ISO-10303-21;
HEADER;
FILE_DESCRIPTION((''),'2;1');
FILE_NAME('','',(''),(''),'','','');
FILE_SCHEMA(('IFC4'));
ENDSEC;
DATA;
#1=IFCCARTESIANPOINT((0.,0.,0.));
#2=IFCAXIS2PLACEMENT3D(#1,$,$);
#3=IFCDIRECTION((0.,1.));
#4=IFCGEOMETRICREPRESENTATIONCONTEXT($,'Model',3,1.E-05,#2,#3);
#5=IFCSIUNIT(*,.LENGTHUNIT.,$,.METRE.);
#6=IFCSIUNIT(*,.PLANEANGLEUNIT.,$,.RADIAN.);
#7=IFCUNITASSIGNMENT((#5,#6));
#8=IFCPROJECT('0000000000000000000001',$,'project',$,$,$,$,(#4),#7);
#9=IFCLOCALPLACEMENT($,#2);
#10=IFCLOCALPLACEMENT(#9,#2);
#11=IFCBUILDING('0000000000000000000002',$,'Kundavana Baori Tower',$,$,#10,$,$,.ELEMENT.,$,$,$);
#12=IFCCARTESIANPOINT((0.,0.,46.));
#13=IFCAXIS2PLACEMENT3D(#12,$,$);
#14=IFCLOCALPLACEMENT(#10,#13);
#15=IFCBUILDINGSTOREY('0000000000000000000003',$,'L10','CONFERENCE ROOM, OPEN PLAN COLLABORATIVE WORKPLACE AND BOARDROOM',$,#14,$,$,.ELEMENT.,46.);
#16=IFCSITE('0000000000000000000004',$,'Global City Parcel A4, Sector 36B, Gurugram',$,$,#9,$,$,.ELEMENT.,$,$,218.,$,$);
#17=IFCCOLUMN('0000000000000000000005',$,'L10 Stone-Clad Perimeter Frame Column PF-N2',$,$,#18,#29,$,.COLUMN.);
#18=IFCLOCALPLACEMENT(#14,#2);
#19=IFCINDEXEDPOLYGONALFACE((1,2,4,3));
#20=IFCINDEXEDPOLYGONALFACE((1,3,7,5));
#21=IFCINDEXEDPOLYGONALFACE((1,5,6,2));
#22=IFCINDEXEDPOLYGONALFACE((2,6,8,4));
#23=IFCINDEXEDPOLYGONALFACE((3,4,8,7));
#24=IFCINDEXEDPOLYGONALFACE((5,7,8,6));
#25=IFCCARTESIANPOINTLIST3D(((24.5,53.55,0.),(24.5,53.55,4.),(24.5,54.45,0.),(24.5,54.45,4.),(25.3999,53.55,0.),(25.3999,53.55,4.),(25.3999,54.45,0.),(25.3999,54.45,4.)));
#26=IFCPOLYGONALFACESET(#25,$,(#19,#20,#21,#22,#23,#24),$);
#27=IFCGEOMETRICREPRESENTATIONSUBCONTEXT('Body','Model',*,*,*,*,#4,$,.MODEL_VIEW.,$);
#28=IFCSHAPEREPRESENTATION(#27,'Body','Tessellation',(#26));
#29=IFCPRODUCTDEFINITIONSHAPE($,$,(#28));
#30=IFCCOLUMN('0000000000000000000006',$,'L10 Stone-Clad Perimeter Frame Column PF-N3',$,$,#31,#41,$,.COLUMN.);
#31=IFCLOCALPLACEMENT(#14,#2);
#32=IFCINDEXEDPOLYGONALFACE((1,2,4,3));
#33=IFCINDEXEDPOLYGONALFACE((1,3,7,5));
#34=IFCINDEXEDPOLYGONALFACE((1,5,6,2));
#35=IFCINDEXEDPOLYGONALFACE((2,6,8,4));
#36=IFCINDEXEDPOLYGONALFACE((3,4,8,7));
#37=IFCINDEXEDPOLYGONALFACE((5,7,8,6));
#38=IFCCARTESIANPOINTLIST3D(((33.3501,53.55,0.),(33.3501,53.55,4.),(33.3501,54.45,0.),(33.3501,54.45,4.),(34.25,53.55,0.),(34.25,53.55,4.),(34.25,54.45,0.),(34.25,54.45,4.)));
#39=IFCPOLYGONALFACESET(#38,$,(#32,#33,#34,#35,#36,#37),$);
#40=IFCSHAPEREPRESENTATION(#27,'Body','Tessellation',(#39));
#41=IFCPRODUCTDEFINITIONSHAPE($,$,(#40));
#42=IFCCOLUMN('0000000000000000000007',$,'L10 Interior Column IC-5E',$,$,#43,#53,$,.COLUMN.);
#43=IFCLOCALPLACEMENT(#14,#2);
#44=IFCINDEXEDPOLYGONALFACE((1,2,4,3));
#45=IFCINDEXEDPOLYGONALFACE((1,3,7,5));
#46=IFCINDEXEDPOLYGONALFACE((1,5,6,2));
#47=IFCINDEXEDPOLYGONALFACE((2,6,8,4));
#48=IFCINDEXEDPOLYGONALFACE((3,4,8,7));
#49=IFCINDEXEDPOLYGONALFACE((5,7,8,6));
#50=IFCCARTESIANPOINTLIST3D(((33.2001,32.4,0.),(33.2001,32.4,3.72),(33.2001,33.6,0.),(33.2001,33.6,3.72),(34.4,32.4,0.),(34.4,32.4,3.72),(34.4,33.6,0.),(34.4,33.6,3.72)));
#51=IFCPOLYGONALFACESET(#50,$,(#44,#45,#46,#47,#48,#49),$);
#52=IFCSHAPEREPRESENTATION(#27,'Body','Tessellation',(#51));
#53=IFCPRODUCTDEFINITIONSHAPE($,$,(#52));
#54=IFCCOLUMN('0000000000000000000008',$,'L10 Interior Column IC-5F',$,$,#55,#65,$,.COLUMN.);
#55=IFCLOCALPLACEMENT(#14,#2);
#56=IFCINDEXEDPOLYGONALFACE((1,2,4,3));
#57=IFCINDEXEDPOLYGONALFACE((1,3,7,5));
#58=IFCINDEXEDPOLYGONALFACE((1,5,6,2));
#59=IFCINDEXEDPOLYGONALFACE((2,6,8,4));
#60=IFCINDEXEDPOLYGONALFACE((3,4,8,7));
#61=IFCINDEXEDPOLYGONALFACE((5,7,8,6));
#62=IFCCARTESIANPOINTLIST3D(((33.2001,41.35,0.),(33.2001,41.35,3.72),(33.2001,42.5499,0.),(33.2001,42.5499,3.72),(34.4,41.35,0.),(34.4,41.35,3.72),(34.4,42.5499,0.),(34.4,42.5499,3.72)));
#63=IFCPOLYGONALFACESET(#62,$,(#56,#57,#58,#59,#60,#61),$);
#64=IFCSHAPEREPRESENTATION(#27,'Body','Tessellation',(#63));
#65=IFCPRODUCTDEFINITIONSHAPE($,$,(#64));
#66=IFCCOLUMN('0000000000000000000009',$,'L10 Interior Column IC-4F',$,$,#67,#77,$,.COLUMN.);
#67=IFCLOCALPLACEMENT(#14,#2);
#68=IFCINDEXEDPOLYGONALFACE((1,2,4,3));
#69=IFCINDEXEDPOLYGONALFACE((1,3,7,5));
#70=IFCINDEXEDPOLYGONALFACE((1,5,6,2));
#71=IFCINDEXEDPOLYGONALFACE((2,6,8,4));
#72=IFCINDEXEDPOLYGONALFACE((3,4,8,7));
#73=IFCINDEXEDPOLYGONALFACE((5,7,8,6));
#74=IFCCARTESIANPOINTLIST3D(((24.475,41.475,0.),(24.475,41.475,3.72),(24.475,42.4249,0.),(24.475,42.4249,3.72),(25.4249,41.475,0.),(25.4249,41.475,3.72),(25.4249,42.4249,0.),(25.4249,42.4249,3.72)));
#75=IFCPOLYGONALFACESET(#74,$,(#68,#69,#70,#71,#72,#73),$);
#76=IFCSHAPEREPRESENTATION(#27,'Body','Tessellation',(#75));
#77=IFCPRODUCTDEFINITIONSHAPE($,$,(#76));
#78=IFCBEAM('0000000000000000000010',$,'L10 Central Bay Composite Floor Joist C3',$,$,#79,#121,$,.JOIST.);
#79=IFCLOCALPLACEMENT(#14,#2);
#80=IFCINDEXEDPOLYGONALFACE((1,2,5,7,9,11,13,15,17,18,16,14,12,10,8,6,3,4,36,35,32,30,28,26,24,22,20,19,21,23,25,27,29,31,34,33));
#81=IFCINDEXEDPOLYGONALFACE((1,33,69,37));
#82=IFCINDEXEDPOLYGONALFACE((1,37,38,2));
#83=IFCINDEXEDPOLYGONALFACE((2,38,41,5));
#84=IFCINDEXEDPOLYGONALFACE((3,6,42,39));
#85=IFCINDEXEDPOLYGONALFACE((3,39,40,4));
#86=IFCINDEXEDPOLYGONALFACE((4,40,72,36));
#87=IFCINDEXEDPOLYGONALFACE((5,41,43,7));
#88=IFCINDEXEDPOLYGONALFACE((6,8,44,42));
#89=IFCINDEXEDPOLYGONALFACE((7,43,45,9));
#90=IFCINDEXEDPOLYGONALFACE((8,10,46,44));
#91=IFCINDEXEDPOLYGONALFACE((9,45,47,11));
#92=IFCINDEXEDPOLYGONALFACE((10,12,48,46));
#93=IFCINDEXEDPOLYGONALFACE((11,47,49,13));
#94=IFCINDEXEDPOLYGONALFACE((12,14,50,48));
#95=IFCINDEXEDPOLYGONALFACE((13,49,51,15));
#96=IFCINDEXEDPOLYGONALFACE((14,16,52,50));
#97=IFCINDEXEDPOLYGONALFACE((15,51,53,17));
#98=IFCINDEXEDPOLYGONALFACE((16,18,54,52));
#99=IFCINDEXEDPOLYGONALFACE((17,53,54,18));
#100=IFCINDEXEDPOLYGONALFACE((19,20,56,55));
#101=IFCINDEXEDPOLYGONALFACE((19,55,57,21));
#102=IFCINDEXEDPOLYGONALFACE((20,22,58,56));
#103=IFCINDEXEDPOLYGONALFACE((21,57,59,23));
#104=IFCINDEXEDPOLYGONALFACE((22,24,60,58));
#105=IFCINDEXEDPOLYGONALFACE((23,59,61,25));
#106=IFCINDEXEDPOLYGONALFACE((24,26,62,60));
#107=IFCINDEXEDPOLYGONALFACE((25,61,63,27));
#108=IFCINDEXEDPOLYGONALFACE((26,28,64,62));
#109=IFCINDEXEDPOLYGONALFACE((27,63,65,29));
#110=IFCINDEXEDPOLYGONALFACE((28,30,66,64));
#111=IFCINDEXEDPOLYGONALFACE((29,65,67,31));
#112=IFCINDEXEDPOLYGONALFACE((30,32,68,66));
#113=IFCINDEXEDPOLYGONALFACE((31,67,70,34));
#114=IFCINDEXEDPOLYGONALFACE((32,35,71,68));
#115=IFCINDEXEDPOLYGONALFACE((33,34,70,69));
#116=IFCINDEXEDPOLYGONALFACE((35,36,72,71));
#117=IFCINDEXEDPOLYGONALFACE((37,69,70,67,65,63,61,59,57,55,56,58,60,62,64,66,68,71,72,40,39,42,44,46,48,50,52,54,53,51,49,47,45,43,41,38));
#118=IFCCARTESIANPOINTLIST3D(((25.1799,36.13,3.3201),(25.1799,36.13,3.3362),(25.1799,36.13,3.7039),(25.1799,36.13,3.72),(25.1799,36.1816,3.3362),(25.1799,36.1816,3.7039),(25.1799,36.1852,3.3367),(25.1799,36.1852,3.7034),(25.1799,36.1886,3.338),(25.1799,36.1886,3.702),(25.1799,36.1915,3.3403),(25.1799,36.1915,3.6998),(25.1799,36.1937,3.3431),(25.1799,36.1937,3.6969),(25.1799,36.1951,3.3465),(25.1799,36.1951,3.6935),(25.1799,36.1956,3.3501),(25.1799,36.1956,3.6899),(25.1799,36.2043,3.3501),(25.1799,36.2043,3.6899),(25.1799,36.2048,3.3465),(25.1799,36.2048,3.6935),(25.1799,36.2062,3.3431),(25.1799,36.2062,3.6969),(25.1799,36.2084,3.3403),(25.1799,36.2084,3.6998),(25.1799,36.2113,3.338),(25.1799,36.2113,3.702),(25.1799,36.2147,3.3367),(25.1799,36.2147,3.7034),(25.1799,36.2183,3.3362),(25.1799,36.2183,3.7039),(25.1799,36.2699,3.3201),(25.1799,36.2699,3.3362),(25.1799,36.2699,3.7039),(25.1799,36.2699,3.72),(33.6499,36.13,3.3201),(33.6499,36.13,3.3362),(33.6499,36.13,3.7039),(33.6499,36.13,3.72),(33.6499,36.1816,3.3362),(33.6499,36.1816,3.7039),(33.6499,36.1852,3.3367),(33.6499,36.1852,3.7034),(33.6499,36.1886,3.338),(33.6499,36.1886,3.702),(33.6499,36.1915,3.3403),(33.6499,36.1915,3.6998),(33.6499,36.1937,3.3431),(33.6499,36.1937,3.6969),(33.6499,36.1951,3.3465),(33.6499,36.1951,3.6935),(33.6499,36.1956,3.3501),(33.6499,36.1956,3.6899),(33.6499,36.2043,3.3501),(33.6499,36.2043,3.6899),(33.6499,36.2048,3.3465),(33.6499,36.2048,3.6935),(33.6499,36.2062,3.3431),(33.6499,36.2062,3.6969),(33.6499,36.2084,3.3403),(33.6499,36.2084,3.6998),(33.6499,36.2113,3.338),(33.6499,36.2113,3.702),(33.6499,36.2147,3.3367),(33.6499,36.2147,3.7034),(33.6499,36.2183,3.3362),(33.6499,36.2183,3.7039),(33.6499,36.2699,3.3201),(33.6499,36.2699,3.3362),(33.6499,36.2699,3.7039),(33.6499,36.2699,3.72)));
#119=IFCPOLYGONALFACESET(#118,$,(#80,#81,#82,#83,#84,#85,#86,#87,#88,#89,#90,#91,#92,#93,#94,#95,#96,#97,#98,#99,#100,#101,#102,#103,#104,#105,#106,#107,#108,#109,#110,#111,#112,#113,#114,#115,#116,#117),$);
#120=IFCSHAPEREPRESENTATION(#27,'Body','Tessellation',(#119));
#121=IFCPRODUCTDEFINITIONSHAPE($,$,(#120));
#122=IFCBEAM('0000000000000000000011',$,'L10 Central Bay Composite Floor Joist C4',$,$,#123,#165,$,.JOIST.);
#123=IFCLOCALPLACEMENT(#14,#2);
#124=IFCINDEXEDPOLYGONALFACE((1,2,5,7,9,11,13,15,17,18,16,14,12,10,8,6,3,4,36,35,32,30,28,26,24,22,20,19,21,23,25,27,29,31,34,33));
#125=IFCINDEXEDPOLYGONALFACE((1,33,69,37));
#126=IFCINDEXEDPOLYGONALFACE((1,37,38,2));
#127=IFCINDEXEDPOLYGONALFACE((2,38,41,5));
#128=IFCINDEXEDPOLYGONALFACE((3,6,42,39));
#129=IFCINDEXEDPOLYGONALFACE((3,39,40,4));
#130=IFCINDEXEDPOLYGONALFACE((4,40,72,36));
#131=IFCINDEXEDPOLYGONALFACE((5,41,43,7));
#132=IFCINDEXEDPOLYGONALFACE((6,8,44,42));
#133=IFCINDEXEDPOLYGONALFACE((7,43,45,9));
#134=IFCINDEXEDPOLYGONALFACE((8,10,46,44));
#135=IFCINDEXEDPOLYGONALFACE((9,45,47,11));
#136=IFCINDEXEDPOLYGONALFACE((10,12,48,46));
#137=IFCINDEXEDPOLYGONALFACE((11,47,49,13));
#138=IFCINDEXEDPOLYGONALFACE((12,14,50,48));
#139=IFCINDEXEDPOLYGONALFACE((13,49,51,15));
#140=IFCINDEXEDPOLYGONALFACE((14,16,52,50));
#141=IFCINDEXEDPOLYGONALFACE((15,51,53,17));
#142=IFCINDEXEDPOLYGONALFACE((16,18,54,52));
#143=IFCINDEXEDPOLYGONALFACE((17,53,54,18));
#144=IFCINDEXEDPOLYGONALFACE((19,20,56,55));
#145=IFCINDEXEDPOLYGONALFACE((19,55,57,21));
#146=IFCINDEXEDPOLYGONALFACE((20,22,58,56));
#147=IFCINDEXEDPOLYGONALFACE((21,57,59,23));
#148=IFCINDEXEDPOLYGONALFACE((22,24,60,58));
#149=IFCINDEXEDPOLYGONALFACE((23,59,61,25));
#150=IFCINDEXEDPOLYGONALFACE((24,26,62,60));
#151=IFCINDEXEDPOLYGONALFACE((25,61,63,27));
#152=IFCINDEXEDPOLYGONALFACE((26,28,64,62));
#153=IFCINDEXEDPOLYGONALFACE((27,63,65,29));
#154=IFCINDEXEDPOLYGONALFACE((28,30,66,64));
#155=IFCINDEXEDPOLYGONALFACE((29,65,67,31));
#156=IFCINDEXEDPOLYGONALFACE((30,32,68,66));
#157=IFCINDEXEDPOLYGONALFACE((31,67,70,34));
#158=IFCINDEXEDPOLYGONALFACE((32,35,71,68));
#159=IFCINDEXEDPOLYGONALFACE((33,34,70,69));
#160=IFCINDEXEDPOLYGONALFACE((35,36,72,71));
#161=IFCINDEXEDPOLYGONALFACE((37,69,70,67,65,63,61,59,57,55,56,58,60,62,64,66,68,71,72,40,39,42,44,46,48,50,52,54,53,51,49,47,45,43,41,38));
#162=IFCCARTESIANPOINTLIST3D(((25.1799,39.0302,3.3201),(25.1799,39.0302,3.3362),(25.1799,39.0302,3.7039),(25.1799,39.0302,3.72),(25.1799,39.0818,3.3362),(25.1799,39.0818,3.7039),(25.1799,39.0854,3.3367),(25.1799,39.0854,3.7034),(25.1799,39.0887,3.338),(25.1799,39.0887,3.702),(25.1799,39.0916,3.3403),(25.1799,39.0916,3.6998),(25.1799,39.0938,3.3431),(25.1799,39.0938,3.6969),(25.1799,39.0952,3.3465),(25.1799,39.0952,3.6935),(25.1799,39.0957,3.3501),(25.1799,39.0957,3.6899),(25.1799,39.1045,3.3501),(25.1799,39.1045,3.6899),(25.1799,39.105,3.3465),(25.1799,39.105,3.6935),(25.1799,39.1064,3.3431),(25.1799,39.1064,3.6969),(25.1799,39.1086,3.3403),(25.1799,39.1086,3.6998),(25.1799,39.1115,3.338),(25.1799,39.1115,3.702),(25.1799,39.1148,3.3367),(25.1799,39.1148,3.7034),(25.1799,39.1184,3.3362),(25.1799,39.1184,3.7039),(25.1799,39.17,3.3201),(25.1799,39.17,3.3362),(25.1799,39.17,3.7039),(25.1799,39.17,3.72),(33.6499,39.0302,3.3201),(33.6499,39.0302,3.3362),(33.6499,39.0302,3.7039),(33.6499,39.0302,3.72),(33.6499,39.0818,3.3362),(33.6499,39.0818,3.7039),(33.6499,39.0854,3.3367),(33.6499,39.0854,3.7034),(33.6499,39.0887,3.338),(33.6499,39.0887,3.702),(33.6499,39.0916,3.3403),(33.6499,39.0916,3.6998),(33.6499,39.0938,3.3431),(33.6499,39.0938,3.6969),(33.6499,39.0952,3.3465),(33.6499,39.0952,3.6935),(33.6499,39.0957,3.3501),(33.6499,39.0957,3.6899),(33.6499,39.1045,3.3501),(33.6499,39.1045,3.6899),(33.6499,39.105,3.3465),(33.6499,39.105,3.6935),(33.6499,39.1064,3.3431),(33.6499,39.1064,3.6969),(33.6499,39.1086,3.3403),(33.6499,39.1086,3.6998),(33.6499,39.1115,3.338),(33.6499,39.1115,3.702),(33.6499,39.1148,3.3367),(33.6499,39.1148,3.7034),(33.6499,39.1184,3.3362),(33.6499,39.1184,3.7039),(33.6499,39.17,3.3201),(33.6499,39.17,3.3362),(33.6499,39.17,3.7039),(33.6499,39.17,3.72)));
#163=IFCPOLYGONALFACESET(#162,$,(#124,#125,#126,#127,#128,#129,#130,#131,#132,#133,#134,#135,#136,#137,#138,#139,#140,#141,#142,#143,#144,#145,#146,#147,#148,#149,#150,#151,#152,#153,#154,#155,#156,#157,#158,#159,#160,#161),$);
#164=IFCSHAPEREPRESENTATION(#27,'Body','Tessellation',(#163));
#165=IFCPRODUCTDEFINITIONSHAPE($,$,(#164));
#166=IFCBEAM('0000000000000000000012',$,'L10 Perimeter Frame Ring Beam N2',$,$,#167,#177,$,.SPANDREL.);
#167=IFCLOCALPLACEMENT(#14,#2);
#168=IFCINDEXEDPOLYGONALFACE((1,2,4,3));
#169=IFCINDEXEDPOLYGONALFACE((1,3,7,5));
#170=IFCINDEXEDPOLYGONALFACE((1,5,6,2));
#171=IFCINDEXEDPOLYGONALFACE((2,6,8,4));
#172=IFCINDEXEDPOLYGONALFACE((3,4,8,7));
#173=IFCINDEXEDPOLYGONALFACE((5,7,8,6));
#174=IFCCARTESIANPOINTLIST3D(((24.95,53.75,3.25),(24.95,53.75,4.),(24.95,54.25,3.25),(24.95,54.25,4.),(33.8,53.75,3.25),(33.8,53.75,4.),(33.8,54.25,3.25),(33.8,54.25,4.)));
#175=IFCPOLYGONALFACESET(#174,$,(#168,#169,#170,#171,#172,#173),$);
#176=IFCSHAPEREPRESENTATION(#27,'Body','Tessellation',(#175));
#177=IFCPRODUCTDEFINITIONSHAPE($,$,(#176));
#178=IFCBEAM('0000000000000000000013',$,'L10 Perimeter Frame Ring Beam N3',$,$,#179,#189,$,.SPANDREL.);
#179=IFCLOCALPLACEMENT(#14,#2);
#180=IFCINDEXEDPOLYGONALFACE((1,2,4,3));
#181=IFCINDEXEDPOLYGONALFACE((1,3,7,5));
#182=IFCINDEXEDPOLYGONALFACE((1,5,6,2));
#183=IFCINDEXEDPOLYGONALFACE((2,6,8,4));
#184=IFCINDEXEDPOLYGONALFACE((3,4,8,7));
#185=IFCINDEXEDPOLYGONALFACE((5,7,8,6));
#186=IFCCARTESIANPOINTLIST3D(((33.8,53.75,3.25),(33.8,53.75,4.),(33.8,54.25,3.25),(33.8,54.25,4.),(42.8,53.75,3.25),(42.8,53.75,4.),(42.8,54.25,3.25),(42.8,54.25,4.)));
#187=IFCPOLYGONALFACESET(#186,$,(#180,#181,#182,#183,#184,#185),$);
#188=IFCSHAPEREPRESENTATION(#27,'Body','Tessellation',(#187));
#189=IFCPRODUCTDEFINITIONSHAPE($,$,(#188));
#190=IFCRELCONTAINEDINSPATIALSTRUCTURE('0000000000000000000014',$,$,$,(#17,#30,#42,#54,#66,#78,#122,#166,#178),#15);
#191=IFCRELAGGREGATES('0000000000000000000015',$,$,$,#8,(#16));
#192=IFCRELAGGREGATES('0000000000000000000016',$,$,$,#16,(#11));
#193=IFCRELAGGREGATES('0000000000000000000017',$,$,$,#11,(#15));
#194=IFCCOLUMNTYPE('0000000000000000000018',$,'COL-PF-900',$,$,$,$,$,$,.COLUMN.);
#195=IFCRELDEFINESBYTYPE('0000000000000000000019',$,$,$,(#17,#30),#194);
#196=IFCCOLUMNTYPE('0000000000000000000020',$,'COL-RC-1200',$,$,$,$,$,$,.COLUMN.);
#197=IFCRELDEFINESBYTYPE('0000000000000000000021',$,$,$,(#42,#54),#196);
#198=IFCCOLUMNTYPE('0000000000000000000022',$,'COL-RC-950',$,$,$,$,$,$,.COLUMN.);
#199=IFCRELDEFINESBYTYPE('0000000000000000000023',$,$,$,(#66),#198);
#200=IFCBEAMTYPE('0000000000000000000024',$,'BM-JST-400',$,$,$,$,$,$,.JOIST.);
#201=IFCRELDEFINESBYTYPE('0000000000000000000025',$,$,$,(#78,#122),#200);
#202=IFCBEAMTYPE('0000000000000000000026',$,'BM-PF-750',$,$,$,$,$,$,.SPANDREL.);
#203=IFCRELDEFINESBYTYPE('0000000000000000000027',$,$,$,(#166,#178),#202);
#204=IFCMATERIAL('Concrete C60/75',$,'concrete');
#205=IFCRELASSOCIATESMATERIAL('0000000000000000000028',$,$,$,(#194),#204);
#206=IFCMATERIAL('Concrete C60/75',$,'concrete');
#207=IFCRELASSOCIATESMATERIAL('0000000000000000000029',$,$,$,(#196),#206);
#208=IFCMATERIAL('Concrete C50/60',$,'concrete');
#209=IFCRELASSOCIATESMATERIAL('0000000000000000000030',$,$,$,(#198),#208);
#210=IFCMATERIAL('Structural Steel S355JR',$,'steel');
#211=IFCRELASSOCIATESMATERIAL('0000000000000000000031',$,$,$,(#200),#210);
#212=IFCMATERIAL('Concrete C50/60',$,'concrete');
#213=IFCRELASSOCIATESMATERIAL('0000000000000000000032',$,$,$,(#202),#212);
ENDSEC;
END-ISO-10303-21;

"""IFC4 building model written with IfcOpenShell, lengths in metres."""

from ifc_helpers import new_model, si_unit, direction, frame, origin, origin_2d, place, context, subcontext, project, spatial, rectangle, i_section, extrude, material, material_profile, profile_set, type_object, element, save


model = new_model("IFC4")

# Units and contexts
model_context = context("Model", 3, precision=1e-05, world=origin(), true_north=direction((0.0, 1.0)))
body_context = subcontext(model_context, "Body", "Model", "MODEL_VIEW")
ifc_project = project(units=[si_unit("LENGTHUNIT", "METRE"), si_unit("PLANEANGLEUNIT", "RADIAN")], contexts=[model_context])

# Site, building, storey
site_placement = place(None, origin())
site = spatial("IfcSite", under=ifc_project, at=site_placement, Name="Global City Parcel A4, Sector 36B, Gurugram", CompositionType="ELEMENT", RefElevation=218.0)
building_placement = place(site_placement, origin())
building = spatial("IfcBuilding", under=site, at=building_placement, Name="Kundavana Baori Tower", CompositionType="ELEMENT")
storey_placement = place(building_placement, frame((0.0, 0.0, 46.0)))
storey = spatial("IfcBuildingStorey", under=building, at=storey_placement, Name="L10", Description="CONFERENCE ROOM, OPEN PLAN COLLABORATIVE WORKPLACE AND BOARDROOM", CompositionType="ELEMENT", Elevation=46.0)

# Columns
ifc_material_1 = material(Name="Concrete C60/75", Category="concrete")
ifc_material_profile_1 = material_profile(ifc_material_1, rectangle(XDim=0.8999, YDim=0.8999, at=origin_2d()), Name="RC PF 900x900")
ifc_profile_set_1 = profile_set([ifc_material_profile_1], Name="Concrete C60/75")
column_type_1 = type_object("IfcColumnType", Name="COL-PF-900", PredefinedType="COLUMN", material=ifc_profile_set_1)
for number, where, z_axis, x_axis, name in (
    (1, (24.95, 54.0, 0.0), (0.0, 0.0, 1.0), (1.0, 0.0, 0.0), "L10 Stone-Clad Perimeter Frame Column PF-N2"),
    (2, (33.8, 54.0, 0.0), (0.0, 0.0, 1.0), (1.0, 0.0, 0.0), "L10 Stone-Clad Perimeter Frame Column PF-N3"),
):
    element("IfcColumn", number, at=place(storey_placement, frame(where, z_axis=z_axis, x_axis=x_axis)), inside=storey, type_object=column_type_1, Name=name, PredefinedType="COLUMN", context=body_context, shape_type="SweptSolid", body=[
        extrude(rectangle(XDim=0.8999, YDim=0.8999, at=origin_2d()), origin(), (0.0, 0.0, 1.0), 4.0),
    ])
ifc_material_2 = material(Name="Concrete C60/75", Category="concrete")
ifc_material_profile_2 = material_profile(ifc_material_2, rectangle(XDim=1.2, YDim=1.2, at=origin_2d()), Name="RC 1200x1200")
ifc_profile_set_2 = profile_set([ifc_material_profile_2], Name="Concrete C60/75")
column_type_2 = type_object("IfcColumnType", Name="COL-RC-1200", PredefinedType="COLUMN", material=ifc_profile_set_2)
for number, where, z_axis, x_axis, name in (
    (3, (33.8, 33.0, 0.0), (0.0, 0.0, 1.0), (1.0, 0.0, 0.0), "L10 Interior Column IC-5E"),
    (4, (33.8, 41.95, 0.0), (0.0, 0.0, 1.0), (1.0, 0.0, 0.0), "L10 Interior Column IC-5F"),
):
    element("IfcColumn", number, at=place(storey_placement, frame(where, z_axis=z_axis, x_axis=x_axis)), inside=storey, type_object=column_type_2, Name=name, PredefinedType="COLUMN", context=body_context, shape_type="SweptSolid", body=[
        extrude(rectangle(XDim=1.2, YDim=1.2, at=origin_2d()), origin(), (0.0, 0.0, 1.0), 3.72),
    ])
ifc_material_3 = material(Name="Concrete C50/60", Category="concrete")
ifc_material_profile_3 = material_profile(ifc_material_3, rectangle(XDim=0.95, YDim=0.95, at=origin_2d()), Name="RC 950x950")
ifc_profile_set_3 = profile_set([ifc_material_profile_3], Name="Concrete C50/60")
column_type_3 = type_object("IfcColumnType", Name="COL-RC-950", PredefinedType="COLUMN", material=ifc_profile_set_3)
column_placement = place(storey_placement, frame((24.95, 41.95, 0.0), z_axis=(0.0, 0.0, 1.0), x_axis=(1.0, 0.0, 0.0)))
element("IfcColumn", 5, at=column_placement, inside=storey, type_object=column_type_3, Name="L10 Interior Column IC-4F", PredefinedType="COLUMN", context=body_context, shape_type="SweptSolid", body=[
    extrude(rectangle(XDim=0.95, YDim=0.95, at=origin_2d()), origin(), (0.0, 0.0, 1.0), 3.72),
])

# Beams
ifc_material_4 = material(Name="Structural Steel S355JR", Category="steel")
ifc_material_profile_4 = material_profile(ifc_material_4, i_section(OverallWidth=0.1399, OverallDepth=0.3999, WebThickness=0.0088, FlangeThickness=0.0161, FilletRadius=0.0139, at=origin_2d()), Name="ISMB 400")
ifc_profile_set_4 = profile_set([ifc_material_profile_4], Name="Structural Steel S355JR")
beam_type_1 = type_object("IfcBeamType", Name="BM-JST-400", PredefinedType="JOIST", material=ifc_profile_set_4)
for number, where, z_axis, x_axis, name in (
    (6, (25.1799, 36.2, 3.52), (1.0, 0.0, 0.0), (0.0, 1.0, 0.0), "L10 Central Bay Composite Floor Joist C3"),
    (7, (25.1799, 39.1001, 3.52), (1.0, 0.0, 0.0), (0.0, 1.0, 0.0), "L10 Central Bay Composite Floor Joist C4"),
):
    element("IfcBeam", number, at=place(storey_placement, frame(where, z_axis=z_axis, x_axis=x_axis)), inside=storey, type_object=beam_type_1, Name=name, PredefinedType="JOIST", context=body_context, shape_type="SweptSolid", body=[
        extrude(i_section(OverallWidth=0.1399, OverallDepth=0.3999, WebThickness=0.0088, FlangeThickness=0.0161, FilletRadius=0.0139, at=origin_2d()), origin(), (0.0, 0.0, 1.0), 8.47),
    ])
ifc_material_5 = material(Name="Concrete C50/60", Category="concrete")
ifc_material_profile_5 = material_profile(ifc_material_5, rectangle(XDim=0.5, YDim=0.75, at=origin_2d()), Name="RC BM 500x750")
ifc_profile_set_5 = profile_set([ifc_material_profile_5], Name="Concrete C50/60")
beam_type_2 = type_object("IfcBeamType", Name="BM-PF-750", PredefinedType="SPANDREL", material=ifc_profile_set_5)
beam_1_placement = place(storey_placement, frame((24.95, 54.0, 3.625), z_axis=(1.0, 0.0, 0.0), x_axis=(0.0, 1.0, 0.0)))
element("IfcBeam", 8, at=beam_1_placement, inside=storey, type_object=beam_type_2, Name="L10 Perimeter Frame Ring Beam N2", PredefinedType="SPANDREL", context=body_context, shape_type="SweptSolid", body=[
    extrude(rectangle(XDim=0.5, YDim=0.75, at=origin_2d()), origin(), (0.0, 0.0, 1.0), 8.8501),
])
beam_2_placement = place(storey_placement, frame((33.8, 54.0, 3.625), z_axis=(1.0, 0.0, 0.0), x_axis=(0.0, 1.0, 0.0)))
element("IfcBeam", 9, at=beam_2_placement, inside=storey, type_object=beam_type_2, Name="L10 Perimeter Frame Ring Beam N3", PredefinedType="SPANDREL", context=body_context, shape_type="SweptSolid", body=[
    extrude(rectangle(XDim=0.5, YDim=0.75, at=origin_2d()), origin(), (0.0, 0.0, 1.0), 9.0),
])

save(model, "model.ifc")
